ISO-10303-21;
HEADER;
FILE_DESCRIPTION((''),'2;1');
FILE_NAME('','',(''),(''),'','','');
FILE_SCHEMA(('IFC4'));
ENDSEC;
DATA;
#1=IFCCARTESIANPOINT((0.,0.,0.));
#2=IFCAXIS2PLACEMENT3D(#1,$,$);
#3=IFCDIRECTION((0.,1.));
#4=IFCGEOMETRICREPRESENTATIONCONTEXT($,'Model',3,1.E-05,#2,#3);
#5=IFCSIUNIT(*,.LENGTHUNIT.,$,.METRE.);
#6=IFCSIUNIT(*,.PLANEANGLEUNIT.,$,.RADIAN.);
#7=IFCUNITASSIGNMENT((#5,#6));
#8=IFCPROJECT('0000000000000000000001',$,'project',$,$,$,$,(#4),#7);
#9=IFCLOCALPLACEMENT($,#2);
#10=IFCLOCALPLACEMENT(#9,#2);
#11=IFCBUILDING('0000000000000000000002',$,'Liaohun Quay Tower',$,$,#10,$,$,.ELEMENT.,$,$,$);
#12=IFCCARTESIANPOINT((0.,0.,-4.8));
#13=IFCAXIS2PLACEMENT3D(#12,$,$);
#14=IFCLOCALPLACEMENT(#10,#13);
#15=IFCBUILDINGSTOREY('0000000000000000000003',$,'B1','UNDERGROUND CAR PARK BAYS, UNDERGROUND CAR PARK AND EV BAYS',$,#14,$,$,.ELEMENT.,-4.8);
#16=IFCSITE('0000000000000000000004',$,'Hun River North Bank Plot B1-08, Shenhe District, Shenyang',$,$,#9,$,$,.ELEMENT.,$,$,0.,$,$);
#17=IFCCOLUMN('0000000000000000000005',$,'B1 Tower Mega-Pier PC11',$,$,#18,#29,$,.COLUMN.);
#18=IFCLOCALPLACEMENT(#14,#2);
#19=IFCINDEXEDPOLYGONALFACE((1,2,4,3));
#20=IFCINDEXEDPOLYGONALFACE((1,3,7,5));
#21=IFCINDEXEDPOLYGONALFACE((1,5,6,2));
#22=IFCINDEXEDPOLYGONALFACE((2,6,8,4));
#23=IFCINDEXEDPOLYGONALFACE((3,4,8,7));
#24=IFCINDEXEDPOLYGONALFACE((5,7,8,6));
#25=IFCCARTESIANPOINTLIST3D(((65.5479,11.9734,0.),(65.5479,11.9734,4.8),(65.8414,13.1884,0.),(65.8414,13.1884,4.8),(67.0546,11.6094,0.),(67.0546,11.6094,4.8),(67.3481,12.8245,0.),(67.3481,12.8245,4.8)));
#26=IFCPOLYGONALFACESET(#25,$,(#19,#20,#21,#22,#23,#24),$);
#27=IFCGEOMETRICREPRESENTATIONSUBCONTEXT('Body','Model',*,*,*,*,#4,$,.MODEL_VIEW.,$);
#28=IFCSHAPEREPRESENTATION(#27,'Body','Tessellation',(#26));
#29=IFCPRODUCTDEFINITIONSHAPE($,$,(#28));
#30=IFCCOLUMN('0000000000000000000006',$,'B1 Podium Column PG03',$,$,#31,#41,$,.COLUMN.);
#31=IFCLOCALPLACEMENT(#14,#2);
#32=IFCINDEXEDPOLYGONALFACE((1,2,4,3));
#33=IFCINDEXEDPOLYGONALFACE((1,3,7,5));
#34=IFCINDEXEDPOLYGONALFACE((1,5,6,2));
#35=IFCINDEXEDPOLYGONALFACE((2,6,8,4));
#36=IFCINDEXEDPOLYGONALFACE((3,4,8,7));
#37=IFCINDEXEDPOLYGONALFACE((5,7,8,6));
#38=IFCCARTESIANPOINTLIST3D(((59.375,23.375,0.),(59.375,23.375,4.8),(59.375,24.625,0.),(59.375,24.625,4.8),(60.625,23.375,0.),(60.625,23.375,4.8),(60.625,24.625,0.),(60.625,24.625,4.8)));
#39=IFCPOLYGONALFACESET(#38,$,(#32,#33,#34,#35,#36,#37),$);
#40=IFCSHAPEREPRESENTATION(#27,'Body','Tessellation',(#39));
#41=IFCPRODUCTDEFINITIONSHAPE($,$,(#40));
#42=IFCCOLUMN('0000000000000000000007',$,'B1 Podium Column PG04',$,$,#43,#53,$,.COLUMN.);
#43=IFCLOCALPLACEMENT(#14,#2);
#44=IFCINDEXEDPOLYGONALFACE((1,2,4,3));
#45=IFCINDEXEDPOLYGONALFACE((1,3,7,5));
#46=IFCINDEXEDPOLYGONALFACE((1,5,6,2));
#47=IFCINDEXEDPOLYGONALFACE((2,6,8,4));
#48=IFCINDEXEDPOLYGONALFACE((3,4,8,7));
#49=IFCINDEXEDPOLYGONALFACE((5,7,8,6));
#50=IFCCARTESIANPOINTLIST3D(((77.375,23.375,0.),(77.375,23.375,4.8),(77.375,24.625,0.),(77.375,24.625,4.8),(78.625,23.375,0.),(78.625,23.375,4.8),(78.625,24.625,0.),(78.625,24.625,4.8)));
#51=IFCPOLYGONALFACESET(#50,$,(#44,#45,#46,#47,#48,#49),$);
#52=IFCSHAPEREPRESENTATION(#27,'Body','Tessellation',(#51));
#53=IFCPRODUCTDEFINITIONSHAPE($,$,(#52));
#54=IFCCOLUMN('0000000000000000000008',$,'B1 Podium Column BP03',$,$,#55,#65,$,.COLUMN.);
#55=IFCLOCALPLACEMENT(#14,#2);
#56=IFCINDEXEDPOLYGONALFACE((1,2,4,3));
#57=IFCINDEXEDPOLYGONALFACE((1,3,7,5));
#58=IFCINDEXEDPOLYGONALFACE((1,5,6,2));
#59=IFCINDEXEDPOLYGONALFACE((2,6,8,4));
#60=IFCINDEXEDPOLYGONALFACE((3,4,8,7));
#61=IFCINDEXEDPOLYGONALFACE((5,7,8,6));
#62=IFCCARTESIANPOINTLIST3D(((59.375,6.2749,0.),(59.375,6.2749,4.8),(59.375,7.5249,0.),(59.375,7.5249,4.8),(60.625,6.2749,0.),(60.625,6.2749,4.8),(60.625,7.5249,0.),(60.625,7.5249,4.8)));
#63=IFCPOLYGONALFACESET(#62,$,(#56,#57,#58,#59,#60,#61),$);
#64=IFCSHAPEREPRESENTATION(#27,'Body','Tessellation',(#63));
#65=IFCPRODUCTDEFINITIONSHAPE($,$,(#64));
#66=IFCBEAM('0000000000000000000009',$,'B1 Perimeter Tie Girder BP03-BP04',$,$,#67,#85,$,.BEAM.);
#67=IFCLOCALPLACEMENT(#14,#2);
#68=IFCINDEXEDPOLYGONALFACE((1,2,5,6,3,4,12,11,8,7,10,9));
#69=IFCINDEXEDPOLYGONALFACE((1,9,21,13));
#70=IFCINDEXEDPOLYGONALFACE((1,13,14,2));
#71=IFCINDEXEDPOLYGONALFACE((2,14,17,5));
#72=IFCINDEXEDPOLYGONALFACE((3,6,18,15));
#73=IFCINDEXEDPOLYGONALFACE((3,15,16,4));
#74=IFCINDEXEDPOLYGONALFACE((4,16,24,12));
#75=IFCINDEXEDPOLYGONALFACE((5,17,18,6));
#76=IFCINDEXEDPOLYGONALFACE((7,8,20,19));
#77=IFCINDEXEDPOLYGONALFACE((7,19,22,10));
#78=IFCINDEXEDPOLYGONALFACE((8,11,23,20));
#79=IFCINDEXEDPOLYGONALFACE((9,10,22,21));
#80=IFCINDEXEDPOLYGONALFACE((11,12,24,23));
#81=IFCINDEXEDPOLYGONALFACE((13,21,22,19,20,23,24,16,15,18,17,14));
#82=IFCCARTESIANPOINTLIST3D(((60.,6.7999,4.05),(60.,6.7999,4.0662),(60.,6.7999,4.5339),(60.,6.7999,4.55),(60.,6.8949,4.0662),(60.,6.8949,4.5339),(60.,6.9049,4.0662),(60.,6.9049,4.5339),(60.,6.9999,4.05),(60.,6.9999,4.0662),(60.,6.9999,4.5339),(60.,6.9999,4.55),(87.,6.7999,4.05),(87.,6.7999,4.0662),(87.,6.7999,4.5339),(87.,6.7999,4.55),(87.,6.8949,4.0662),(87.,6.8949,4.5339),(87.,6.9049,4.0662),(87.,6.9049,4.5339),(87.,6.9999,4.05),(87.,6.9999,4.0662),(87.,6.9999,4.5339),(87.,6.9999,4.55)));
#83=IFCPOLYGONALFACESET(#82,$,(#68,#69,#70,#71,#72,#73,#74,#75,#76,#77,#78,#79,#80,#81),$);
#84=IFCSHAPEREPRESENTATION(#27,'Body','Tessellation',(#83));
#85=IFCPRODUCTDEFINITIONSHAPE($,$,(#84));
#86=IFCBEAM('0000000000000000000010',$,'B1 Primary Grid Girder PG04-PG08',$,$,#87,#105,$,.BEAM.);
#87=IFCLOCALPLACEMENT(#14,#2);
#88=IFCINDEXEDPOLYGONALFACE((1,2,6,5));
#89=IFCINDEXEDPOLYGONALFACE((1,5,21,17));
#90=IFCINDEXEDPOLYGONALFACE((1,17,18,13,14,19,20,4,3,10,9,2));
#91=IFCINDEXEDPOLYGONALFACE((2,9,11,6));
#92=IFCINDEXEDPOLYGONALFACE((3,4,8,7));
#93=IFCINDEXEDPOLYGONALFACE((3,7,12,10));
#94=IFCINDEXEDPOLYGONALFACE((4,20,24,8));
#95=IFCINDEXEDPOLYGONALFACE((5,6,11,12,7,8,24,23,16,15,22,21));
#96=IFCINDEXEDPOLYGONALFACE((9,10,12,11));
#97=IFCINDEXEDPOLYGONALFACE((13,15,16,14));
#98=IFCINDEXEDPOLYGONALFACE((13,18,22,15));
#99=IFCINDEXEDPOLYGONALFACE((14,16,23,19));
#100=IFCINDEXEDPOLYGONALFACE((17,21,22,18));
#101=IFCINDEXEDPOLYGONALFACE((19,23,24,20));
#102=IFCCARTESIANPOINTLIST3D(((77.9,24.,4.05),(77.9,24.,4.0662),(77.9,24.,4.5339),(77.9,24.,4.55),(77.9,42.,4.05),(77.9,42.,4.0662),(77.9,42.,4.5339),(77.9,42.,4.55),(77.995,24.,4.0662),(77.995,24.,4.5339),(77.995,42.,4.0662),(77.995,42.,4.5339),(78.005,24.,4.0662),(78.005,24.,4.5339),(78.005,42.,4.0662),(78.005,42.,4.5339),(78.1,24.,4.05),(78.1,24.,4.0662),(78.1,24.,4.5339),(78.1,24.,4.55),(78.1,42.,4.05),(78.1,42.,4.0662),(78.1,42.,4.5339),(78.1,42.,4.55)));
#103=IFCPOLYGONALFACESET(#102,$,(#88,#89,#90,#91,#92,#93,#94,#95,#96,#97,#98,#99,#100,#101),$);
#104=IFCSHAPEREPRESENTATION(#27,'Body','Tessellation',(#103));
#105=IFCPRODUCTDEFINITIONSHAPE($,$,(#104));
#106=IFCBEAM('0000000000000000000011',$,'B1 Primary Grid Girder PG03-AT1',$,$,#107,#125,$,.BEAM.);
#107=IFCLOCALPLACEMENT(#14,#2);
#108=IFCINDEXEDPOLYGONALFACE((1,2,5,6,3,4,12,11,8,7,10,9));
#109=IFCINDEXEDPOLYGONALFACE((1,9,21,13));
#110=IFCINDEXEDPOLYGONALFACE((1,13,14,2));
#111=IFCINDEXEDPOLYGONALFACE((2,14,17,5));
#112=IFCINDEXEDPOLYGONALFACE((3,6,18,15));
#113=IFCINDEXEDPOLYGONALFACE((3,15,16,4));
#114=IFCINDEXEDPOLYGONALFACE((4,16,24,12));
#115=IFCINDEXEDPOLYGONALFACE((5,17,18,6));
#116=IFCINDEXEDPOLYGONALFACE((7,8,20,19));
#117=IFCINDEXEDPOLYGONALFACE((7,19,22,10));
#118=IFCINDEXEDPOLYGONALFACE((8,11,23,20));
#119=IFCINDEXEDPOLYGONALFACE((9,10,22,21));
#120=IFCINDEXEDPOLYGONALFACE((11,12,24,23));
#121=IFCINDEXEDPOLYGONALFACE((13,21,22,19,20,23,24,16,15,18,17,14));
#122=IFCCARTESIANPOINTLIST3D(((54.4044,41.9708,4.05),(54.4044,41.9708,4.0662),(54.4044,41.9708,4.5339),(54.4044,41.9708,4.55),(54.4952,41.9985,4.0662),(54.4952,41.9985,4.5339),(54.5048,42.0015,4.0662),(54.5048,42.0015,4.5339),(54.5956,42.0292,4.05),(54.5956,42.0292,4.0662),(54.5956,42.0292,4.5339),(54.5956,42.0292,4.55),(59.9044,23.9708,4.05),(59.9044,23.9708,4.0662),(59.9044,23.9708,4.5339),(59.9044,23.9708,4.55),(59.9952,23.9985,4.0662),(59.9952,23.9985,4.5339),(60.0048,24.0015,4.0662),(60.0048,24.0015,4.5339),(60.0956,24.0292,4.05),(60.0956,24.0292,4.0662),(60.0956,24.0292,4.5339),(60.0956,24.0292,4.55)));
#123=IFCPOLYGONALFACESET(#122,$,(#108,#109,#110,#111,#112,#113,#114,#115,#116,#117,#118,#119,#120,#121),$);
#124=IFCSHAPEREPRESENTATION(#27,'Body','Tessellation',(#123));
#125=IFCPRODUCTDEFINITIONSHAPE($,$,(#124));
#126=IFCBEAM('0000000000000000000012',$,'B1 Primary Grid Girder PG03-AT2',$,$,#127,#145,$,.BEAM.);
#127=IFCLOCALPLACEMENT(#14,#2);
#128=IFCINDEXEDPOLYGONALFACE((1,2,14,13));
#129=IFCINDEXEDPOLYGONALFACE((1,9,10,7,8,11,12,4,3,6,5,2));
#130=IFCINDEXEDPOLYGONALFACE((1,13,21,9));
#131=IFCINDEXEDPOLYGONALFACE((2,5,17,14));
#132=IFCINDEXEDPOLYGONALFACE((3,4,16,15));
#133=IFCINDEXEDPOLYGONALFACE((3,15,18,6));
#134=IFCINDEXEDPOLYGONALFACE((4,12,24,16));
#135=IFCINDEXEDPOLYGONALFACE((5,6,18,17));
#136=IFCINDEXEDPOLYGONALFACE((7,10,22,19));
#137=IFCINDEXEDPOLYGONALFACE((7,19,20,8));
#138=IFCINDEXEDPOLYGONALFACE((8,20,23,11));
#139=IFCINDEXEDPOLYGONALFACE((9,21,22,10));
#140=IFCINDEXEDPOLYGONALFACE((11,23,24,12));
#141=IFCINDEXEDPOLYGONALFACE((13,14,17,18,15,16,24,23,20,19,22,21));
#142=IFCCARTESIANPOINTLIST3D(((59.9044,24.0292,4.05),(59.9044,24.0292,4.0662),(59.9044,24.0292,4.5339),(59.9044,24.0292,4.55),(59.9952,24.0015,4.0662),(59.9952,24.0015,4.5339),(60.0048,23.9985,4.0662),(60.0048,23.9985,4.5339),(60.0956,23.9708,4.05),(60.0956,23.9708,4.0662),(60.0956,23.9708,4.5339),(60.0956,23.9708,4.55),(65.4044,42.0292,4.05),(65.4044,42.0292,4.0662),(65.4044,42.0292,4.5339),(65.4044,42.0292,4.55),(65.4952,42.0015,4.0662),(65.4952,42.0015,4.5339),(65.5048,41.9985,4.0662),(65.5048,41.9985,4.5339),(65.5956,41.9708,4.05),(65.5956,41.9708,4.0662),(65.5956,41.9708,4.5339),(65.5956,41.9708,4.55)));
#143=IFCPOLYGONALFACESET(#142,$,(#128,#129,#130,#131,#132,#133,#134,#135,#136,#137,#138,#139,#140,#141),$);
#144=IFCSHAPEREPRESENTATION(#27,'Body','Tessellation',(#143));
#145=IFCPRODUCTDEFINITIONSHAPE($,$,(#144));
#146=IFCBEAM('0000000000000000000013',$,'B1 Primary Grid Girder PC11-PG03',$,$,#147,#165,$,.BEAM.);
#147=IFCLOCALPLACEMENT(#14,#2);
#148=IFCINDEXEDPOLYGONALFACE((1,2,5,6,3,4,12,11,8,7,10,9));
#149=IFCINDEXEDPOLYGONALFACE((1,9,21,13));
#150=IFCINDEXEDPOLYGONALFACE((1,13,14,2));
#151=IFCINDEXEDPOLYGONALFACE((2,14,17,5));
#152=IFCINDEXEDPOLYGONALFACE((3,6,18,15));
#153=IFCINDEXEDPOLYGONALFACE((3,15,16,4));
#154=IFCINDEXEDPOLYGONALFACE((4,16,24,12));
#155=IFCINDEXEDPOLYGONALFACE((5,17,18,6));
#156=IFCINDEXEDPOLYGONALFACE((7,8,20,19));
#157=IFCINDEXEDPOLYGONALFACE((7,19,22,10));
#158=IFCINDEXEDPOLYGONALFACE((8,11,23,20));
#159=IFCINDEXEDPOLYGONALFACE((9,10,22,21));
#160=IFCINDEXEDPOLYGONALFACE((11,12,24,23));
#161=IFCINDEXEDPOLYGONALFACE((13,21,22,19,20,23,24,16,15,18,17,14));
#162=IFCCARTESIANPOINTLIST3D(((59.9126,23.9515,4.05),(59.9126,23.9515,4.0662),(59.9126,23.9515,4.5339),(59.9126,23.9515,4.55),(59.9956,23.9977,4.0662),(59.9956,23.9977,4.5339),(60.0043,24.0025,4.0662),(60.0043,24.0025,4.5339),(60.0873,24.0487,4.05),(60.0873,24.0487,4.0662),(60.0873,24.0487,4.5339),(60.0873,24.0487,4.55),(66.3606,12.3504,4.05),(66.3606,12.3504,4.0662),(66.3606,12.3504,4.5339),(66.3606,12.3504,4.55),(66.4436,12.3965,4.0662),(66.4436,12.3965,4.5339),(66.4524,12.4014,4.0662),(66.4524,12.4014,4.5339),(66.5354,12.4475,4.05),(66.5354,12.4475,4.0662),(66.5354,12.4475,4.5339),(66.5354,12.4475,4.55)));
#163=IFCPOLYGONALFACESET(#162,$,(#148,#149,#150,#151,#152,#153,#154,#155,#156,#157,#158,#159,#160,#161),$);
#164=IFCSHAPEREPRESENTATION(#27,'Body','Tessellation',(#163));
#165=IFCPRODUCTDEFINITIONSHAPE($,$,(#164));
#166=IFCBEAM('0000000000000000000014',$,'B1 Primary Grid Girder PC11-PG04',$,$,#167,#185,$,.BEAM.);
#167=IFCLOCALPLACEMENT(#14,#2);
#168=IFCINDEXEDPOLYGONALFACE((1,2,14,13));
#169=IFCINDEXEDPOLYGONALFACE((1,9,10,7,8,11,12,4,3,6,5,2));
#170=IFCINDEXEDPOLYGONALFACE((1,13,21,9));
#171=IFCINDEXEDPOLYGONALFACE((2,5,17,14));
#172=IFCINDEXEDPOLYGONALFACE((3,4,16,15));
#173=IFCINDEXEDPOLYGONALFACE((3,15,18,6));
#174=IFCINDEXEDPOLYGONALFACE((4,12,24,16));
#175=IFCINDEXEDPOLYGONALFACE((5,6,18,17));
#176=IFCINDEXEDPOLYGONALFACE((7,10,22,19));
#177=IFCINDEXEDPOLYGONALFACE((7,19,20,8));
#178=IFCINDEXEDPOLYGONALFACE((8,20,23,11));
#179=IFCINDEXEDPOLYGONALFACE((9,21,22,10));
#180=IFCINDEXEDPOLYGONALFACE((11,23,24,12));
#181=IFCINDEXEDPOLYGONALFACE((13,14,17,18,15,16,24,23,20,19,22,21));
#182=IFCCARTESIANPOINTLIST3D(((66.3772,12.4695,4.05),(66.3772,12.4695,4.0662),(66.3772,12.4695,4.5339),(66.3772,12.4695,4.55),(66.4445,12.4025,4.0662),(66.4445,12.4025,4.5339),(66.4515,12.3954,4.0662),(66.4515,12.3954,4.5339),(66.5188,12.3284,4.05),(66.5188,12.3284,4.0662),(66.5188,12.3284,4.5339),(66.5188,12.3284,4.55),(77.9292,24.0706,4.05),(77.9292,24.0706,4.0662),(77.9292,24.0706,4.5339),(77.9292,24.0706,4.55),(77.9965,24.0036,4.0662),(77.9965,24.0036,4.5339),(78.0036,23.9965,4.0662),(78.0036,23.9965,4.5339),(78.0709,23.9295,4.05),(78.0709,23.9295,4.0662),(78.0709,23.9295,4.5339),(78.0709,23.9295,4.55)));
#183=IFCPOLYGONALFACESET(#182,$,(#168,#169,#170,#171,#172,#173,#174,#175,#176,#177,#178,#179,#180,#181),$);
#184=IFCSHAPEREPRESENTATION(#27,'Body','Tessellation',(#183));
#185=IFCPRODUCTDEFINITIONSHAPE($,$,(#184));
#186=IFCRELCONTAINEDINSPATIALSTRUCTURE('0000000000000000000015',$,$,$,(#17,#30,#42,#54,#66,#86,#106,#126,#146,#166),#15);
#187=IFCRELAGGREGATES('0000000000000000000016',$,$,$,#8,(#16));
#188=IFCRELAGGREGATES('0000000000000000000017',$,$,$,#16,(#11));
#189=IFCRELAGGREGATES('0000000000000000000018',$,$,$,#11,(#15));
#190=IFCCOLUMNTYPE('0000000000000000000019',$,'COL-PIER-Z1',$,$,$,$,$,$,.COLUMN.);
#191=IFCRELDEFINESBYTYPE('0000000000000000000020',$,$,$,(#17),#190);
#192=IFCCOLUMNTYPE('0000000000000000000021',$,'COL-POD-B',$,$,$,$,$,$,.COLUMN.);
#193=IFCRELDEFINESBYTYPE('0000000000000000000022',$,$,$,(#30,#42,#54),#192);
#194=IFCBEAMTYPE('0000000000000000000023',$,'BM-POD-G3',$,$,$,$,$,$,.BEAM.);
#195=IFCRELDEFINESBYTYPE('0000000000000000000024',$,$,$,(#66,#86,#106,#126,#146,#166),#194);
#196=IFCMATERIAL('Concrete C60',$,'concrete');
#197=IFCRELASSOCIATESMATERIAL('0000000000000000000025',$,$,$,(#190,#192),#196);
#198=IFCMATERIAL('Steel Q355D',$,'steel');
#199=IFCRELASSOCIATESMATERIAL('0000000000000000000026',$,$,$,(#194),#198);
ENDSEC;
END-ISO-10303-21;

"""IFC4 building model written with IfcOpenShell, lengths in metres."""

from ifc_helpers import new_model, si_unit, direction, frame, origin, origin_2d, place, context, subcontext, project, spatial, rectangle, i_section, extrude, source, transform, mapped, material, material_profile, profile_set, type_object, element, save


model = new_model("IFC4")

# Units and contexts
model_context = context("Model", 3, precision=1e-05, world=origin(), true_north=direction((0.0, 1.0)))
body_context = subcontext(model_context, "Body", "Model", "MODEL_VIEW")
ifc_project = project(units=[si_unit("LENGTHUNIT", "METRE"), si_unit("PLANEANGLEUNIT", "RADIAN")], contexts=[model_context])

# Site, building, storey
site_placement = place(None, origin())
site = spatial("IfcSite", under=ifc_project, at=site_placement, Name="Hun River North Bank Plot B1-08, Shenhe District, Shenyang", CompositionType="ELEMENT", RefElevation=0.0)
building_placement = place(site_placement, origin())
building = spatial("IfcBuilding", under=site, at=building_placement, Name="Liaohun Quay Tower", CompositionType="ELEMENT")
storey_placement = place(building_placement, frame((0.0, 0.0, -4.8)))
storey = spatial("IfcBuildingStorey", under=building, at=storey_placement, Name="B1", Description="UNDERGROUND CAR PARK BAYS, UNDERGROUND CAR PARK AND EV BAYS", CompositionType="ELEMENT", Elevation=-4.8)

# Columns
ifc_material_1 = material(Name="Concrete C60", Category="concrete")
ifc_material_profile_1 = material_profile(ifc_material_1, rectangle(XDim=1.55, YDim=1.25, at=origin_2d()), Name="RC1550x1250")
ifc_profile_set_1 = profile_set([ifc_material_profile_1], Name="Concrete C60")
column_type_1 = type_object("IfcColumnType", Name="COL-PIER-Z1", PredefinedType="COLUMN", material=ifc_profile_set_1)
shared_shape_1 = source(origin(), body_context, "Body", "SweptSolid", [
    extrude(rectangle(XDim=1.55, YDim=1.25, at=origin_2d()), origin(), (0.0, 0.0, 1.0), 4.8),
])
column_placement = place(storey_placement, frame((66.448, 12.3989, 0.0), z_axis=(0.0, 0.0, 1.0), x_axis=(-0.972043, 0.234803, 0.0)))
element("IfcColumn", 1, at=column_placement, inside=storey, type_object=column_type_1, Name="B1 Tower Mega-Pier PC11", PredefinedType="COLUMN", context=body_context, shape_type="MappedRepresentation", body=[
    mapped(shared_shape_1, transform((0.0, 0.0, 0.0), x_axis=(1.0, 0.0, 0.0), y_axis=(0.0, 1.0, 0.0), z_axis=(0.0, 0.0, 1.0), scale=1.0)),
])
ifc_material_profile_2 = material_profile(ifc_material_1, rectangle(XDim=1.25, YDim=1.25, at=origin_2d()), Name="RC1250x1250")
ifc_profile_set_2 = profile_set([ifc_material_profile_2], Name="Concrete C60")
column_type_2 = type_object("IfcColumnType", Name="COL-POD-B", PredefinedType="COLUMN", material=ifc_profile_set_2)
shared_shape_2 = source(origin(), body_context, "Body", "SweptSolid", [
    extrude(rectangle(XDim=1.25, YDim=1.25, at=origin_2d()), origin(), (0.0, 0.0, 1.0), 4.8),
])
for number, where, z_axis, x_axis, name in (
    (2, (60.0, 24.0, 0.0), (0.0, 0.0, 1.0), (1.0, 0.0, 0.0), "B1 Podium Column PG03"),
    (3, (78.0, 24.0, 0.0), (0.0, 0.0, 1.0), (1.0, 0.0, 0.0), "B1 Podium Column PG04"),
    (4, (60.0, 6.8999, 0.0), (0.0, 0.0, 1.0), (1.0, 0.0, 0.0), "B1 Podium Column BP03"),
):
    element("IfcColumn", number, at=place(storey_placement, frame(where, z_axis=z_axis, x_axis=x_axis)), inside=storey, type_object=column_type_2, Name=name, PredefinedType="COLUMN", context=body_context, shape_type="MappedRepresentation", body=[
        mapped(shared_shape_2, transform((0.0, 0.0, 0.0), x_axis=(1.0, 0.0, 0.0), y_axis=(0.0, 1.0, 0.0), z_axis=(0.0, 0.0, 1.0), scale=1.0)),
    ])

# Beams
ifc_material_2 = material(Name="Steel Q355D", Category="steel")
ifc_material_profile_3 = material_profile(ifc_material_2, i_section(OverallWidth=0.2, OverallDepth=0.5, WebThickness=0.01, FlangeThickness=0.0161, at=origin_2d()), Name="HN500x200x10x16")
ifc_profile_set_3 = profile_set([ifc_material_profile_3], Name="Steel Q355D")
beam_type_1 = type_object("IfcBeamType", Name="BM-POD-G3", PredefinedType="BEAM", material=ifc_profile_set_3)
shared_shape_3 = source(origin(), body_context, "Body", "SweptSolid", [
    extrude(i_section(OverallWidth=0.2, OverallDepth=0.5, WebThickness=0.01, FlangeThickness=0.0161, at=origin_2d()), origin(), (0.0, 0.0, 1.0), 27.0),
])
beam_1_placement = place(storey_placement, frame((60.0, 6.8999, 4.3), z_axis=(1.0, 0.0, 0.0), x_axis=(0.0, 1.0, 0.0)))
element("IfcBeam", 5, at=beam_1_placement, inside=storey, type_object=beam_type_1, Name="B1 Perimeter Tie Girder BP03-BP04", PredefinedType="BEAM", context=body_context, shape_type="MappedRepresentation", body=[
    mapped(shared_shape_3, transform((0.0, 0.0, 0.0), x_axis=(1.0, 0.0, 0.0), y_axis=(0.0, 1.0, 0.0), z_axis=(0.0, 0.0, 1.0), scale=1.0)),
])
shared_shape_4 = source(origin(), body_context, "Body", "SweptSolid", [
    extrude(i_section(OverallWidth=0.2, OverallDepth=0.5, WebThickness=0.01, FlangeThickness=0.0161, at=origin_2d()), origin(), (0.0, 0.0, 1.0), 18.0),
])
beam_2_placement = place(storey_placement, frame((78.0, 24.0, 4.3), z_axis=(0.0, 1.0, 0.0), x_axis=(-1.0, 0.0, 0.0)))
element("IfcBeam", 6, at=beam_2_placement, inside=storey, type_object=beam_type_1, Name="B1 Primary Grid Girder PG04-PG08", PredefinedType="BEAM", context=body_context, shape_type="MappedRepresentation", body=[
    mapped(shared_shape_4, transform((0.0, 0.0, 0.0), x_axis=(1.0, 0.0, 0.0), y_axis=(0.0, 1.0, 0.0), z_axis=(0.0, 0.0, 1.0), scale=1.0)),
])
shared_shape_5 = source(origin(), body_context, "Body", "SweptSolid", [
    extrude(i_section(OverallWidth=0.2, OverallDepth=0.5, WebThickness=0.01, FlangeThickness=0.0161, at=origin_2d()), origin(), (0.0, 0.0, 1.0), 18.8215),
])
for number, where, z_axis, x_axis, name in (
    (7, (60.0, 24.0, 4.3), (-0.292219, 0.956352, 0.0), (-0.956352, -0.292219, 0.0), "B1 Primary Grid Girder PG03-AT1"),
    (8, (60.0, 24.0, 4.3), (0.292219, 0.956352, 0.0), (-0.956352, 0.292219, 0.0), "B1 Primary Grid Girder PG03-AT2"),
):
    element("IfcBeam", number, at=place(storey_placement, frame(where, z_axis=z_axis, x_axis=x_axis)), inside=storey, type_object=beam_type_1, Name=name, PredefinedType="BEAM", context=body_context, shape_type="MappedRepresentation", body=[
        mapped(shared_shape_5, transform((0.0, 0.0, 0.0), x_axis=(1.0, 0.0, 0.0), y_axis=(0.0, 1.0, 0.0), z_axis=(0.0, 0.0, 1.0), scale=1.0)),
    ])
shared_shape_6 = source(origin(), body_context, "Body", "SweptSolid", [
    extrude(i_section(OverallWidth=0.2, OverallDepth=0.5, WebThickness=0.01, FlangeThickness=0.0161, at=origin_2d()), origin(), (0.0, 0.0, 1.0), 13.2727),
])
beam_3_placement = place(storey_placement, frame((66.448, 12.3989, 4.3), z_axis=(-0.485813, 0.874063, 0.0), x_axis=(-0.874063, -0.485813, 0.0)))
element("IfcBeam", 9, at=beam_3_placement, inside=storey, type_object=beam_type_1, Name="B1 Primary Grid Girder PC11-PG03", PredefinedType="BEAM", context=body_context, shape_type="MappedRepresentation", body=[
    mapped(shared_shape_6, transform((0.0, 0.0, 0.0), x_axis=(1.0, 0.0, 0.0), y_axis=(0.0, 1.0, 0.0), z_axis=(0.0, 0.0, 1.0), scale=1.0)),
])
shared_shape_7 = source(origin(), body_context, "Body", "SweptSolid", [
    extrude(i_section(OverallWidth=0.2, OverallDepth=0.5, WebThickness=0.01, FlangeThickness=0.0161, at=origin_2d()), origin(), (0.0, 0.0, 1.0), 16.3718),
])
beam_4_placement = place(storey_placement, frame((66.448, 12.3989, 4.3), z_axis=(0.705607, 0.708604, 0.0), x_axis=(-0.708604, 0.705607, 0.0)))
element("IfcBeam", 10, at=beam_4_placement, inside=storey, type_object=beam_type_1, Name="B1 Primary Grid Girder PC11-PG04", PredefinedType="BEAM", context=body_context, shape_type="MappedRepresentation", body=[
    mapped(shared_shape_7, transform((0.0, 0.0, 0.0), x_axis=(1.0, 0.0, 0.0), y_axis=(0.0, 1.0, 0.0), z_axis=(0.0, 0.0, 1.0), scale=1.0)),
])

save(model, "model.ifc")
